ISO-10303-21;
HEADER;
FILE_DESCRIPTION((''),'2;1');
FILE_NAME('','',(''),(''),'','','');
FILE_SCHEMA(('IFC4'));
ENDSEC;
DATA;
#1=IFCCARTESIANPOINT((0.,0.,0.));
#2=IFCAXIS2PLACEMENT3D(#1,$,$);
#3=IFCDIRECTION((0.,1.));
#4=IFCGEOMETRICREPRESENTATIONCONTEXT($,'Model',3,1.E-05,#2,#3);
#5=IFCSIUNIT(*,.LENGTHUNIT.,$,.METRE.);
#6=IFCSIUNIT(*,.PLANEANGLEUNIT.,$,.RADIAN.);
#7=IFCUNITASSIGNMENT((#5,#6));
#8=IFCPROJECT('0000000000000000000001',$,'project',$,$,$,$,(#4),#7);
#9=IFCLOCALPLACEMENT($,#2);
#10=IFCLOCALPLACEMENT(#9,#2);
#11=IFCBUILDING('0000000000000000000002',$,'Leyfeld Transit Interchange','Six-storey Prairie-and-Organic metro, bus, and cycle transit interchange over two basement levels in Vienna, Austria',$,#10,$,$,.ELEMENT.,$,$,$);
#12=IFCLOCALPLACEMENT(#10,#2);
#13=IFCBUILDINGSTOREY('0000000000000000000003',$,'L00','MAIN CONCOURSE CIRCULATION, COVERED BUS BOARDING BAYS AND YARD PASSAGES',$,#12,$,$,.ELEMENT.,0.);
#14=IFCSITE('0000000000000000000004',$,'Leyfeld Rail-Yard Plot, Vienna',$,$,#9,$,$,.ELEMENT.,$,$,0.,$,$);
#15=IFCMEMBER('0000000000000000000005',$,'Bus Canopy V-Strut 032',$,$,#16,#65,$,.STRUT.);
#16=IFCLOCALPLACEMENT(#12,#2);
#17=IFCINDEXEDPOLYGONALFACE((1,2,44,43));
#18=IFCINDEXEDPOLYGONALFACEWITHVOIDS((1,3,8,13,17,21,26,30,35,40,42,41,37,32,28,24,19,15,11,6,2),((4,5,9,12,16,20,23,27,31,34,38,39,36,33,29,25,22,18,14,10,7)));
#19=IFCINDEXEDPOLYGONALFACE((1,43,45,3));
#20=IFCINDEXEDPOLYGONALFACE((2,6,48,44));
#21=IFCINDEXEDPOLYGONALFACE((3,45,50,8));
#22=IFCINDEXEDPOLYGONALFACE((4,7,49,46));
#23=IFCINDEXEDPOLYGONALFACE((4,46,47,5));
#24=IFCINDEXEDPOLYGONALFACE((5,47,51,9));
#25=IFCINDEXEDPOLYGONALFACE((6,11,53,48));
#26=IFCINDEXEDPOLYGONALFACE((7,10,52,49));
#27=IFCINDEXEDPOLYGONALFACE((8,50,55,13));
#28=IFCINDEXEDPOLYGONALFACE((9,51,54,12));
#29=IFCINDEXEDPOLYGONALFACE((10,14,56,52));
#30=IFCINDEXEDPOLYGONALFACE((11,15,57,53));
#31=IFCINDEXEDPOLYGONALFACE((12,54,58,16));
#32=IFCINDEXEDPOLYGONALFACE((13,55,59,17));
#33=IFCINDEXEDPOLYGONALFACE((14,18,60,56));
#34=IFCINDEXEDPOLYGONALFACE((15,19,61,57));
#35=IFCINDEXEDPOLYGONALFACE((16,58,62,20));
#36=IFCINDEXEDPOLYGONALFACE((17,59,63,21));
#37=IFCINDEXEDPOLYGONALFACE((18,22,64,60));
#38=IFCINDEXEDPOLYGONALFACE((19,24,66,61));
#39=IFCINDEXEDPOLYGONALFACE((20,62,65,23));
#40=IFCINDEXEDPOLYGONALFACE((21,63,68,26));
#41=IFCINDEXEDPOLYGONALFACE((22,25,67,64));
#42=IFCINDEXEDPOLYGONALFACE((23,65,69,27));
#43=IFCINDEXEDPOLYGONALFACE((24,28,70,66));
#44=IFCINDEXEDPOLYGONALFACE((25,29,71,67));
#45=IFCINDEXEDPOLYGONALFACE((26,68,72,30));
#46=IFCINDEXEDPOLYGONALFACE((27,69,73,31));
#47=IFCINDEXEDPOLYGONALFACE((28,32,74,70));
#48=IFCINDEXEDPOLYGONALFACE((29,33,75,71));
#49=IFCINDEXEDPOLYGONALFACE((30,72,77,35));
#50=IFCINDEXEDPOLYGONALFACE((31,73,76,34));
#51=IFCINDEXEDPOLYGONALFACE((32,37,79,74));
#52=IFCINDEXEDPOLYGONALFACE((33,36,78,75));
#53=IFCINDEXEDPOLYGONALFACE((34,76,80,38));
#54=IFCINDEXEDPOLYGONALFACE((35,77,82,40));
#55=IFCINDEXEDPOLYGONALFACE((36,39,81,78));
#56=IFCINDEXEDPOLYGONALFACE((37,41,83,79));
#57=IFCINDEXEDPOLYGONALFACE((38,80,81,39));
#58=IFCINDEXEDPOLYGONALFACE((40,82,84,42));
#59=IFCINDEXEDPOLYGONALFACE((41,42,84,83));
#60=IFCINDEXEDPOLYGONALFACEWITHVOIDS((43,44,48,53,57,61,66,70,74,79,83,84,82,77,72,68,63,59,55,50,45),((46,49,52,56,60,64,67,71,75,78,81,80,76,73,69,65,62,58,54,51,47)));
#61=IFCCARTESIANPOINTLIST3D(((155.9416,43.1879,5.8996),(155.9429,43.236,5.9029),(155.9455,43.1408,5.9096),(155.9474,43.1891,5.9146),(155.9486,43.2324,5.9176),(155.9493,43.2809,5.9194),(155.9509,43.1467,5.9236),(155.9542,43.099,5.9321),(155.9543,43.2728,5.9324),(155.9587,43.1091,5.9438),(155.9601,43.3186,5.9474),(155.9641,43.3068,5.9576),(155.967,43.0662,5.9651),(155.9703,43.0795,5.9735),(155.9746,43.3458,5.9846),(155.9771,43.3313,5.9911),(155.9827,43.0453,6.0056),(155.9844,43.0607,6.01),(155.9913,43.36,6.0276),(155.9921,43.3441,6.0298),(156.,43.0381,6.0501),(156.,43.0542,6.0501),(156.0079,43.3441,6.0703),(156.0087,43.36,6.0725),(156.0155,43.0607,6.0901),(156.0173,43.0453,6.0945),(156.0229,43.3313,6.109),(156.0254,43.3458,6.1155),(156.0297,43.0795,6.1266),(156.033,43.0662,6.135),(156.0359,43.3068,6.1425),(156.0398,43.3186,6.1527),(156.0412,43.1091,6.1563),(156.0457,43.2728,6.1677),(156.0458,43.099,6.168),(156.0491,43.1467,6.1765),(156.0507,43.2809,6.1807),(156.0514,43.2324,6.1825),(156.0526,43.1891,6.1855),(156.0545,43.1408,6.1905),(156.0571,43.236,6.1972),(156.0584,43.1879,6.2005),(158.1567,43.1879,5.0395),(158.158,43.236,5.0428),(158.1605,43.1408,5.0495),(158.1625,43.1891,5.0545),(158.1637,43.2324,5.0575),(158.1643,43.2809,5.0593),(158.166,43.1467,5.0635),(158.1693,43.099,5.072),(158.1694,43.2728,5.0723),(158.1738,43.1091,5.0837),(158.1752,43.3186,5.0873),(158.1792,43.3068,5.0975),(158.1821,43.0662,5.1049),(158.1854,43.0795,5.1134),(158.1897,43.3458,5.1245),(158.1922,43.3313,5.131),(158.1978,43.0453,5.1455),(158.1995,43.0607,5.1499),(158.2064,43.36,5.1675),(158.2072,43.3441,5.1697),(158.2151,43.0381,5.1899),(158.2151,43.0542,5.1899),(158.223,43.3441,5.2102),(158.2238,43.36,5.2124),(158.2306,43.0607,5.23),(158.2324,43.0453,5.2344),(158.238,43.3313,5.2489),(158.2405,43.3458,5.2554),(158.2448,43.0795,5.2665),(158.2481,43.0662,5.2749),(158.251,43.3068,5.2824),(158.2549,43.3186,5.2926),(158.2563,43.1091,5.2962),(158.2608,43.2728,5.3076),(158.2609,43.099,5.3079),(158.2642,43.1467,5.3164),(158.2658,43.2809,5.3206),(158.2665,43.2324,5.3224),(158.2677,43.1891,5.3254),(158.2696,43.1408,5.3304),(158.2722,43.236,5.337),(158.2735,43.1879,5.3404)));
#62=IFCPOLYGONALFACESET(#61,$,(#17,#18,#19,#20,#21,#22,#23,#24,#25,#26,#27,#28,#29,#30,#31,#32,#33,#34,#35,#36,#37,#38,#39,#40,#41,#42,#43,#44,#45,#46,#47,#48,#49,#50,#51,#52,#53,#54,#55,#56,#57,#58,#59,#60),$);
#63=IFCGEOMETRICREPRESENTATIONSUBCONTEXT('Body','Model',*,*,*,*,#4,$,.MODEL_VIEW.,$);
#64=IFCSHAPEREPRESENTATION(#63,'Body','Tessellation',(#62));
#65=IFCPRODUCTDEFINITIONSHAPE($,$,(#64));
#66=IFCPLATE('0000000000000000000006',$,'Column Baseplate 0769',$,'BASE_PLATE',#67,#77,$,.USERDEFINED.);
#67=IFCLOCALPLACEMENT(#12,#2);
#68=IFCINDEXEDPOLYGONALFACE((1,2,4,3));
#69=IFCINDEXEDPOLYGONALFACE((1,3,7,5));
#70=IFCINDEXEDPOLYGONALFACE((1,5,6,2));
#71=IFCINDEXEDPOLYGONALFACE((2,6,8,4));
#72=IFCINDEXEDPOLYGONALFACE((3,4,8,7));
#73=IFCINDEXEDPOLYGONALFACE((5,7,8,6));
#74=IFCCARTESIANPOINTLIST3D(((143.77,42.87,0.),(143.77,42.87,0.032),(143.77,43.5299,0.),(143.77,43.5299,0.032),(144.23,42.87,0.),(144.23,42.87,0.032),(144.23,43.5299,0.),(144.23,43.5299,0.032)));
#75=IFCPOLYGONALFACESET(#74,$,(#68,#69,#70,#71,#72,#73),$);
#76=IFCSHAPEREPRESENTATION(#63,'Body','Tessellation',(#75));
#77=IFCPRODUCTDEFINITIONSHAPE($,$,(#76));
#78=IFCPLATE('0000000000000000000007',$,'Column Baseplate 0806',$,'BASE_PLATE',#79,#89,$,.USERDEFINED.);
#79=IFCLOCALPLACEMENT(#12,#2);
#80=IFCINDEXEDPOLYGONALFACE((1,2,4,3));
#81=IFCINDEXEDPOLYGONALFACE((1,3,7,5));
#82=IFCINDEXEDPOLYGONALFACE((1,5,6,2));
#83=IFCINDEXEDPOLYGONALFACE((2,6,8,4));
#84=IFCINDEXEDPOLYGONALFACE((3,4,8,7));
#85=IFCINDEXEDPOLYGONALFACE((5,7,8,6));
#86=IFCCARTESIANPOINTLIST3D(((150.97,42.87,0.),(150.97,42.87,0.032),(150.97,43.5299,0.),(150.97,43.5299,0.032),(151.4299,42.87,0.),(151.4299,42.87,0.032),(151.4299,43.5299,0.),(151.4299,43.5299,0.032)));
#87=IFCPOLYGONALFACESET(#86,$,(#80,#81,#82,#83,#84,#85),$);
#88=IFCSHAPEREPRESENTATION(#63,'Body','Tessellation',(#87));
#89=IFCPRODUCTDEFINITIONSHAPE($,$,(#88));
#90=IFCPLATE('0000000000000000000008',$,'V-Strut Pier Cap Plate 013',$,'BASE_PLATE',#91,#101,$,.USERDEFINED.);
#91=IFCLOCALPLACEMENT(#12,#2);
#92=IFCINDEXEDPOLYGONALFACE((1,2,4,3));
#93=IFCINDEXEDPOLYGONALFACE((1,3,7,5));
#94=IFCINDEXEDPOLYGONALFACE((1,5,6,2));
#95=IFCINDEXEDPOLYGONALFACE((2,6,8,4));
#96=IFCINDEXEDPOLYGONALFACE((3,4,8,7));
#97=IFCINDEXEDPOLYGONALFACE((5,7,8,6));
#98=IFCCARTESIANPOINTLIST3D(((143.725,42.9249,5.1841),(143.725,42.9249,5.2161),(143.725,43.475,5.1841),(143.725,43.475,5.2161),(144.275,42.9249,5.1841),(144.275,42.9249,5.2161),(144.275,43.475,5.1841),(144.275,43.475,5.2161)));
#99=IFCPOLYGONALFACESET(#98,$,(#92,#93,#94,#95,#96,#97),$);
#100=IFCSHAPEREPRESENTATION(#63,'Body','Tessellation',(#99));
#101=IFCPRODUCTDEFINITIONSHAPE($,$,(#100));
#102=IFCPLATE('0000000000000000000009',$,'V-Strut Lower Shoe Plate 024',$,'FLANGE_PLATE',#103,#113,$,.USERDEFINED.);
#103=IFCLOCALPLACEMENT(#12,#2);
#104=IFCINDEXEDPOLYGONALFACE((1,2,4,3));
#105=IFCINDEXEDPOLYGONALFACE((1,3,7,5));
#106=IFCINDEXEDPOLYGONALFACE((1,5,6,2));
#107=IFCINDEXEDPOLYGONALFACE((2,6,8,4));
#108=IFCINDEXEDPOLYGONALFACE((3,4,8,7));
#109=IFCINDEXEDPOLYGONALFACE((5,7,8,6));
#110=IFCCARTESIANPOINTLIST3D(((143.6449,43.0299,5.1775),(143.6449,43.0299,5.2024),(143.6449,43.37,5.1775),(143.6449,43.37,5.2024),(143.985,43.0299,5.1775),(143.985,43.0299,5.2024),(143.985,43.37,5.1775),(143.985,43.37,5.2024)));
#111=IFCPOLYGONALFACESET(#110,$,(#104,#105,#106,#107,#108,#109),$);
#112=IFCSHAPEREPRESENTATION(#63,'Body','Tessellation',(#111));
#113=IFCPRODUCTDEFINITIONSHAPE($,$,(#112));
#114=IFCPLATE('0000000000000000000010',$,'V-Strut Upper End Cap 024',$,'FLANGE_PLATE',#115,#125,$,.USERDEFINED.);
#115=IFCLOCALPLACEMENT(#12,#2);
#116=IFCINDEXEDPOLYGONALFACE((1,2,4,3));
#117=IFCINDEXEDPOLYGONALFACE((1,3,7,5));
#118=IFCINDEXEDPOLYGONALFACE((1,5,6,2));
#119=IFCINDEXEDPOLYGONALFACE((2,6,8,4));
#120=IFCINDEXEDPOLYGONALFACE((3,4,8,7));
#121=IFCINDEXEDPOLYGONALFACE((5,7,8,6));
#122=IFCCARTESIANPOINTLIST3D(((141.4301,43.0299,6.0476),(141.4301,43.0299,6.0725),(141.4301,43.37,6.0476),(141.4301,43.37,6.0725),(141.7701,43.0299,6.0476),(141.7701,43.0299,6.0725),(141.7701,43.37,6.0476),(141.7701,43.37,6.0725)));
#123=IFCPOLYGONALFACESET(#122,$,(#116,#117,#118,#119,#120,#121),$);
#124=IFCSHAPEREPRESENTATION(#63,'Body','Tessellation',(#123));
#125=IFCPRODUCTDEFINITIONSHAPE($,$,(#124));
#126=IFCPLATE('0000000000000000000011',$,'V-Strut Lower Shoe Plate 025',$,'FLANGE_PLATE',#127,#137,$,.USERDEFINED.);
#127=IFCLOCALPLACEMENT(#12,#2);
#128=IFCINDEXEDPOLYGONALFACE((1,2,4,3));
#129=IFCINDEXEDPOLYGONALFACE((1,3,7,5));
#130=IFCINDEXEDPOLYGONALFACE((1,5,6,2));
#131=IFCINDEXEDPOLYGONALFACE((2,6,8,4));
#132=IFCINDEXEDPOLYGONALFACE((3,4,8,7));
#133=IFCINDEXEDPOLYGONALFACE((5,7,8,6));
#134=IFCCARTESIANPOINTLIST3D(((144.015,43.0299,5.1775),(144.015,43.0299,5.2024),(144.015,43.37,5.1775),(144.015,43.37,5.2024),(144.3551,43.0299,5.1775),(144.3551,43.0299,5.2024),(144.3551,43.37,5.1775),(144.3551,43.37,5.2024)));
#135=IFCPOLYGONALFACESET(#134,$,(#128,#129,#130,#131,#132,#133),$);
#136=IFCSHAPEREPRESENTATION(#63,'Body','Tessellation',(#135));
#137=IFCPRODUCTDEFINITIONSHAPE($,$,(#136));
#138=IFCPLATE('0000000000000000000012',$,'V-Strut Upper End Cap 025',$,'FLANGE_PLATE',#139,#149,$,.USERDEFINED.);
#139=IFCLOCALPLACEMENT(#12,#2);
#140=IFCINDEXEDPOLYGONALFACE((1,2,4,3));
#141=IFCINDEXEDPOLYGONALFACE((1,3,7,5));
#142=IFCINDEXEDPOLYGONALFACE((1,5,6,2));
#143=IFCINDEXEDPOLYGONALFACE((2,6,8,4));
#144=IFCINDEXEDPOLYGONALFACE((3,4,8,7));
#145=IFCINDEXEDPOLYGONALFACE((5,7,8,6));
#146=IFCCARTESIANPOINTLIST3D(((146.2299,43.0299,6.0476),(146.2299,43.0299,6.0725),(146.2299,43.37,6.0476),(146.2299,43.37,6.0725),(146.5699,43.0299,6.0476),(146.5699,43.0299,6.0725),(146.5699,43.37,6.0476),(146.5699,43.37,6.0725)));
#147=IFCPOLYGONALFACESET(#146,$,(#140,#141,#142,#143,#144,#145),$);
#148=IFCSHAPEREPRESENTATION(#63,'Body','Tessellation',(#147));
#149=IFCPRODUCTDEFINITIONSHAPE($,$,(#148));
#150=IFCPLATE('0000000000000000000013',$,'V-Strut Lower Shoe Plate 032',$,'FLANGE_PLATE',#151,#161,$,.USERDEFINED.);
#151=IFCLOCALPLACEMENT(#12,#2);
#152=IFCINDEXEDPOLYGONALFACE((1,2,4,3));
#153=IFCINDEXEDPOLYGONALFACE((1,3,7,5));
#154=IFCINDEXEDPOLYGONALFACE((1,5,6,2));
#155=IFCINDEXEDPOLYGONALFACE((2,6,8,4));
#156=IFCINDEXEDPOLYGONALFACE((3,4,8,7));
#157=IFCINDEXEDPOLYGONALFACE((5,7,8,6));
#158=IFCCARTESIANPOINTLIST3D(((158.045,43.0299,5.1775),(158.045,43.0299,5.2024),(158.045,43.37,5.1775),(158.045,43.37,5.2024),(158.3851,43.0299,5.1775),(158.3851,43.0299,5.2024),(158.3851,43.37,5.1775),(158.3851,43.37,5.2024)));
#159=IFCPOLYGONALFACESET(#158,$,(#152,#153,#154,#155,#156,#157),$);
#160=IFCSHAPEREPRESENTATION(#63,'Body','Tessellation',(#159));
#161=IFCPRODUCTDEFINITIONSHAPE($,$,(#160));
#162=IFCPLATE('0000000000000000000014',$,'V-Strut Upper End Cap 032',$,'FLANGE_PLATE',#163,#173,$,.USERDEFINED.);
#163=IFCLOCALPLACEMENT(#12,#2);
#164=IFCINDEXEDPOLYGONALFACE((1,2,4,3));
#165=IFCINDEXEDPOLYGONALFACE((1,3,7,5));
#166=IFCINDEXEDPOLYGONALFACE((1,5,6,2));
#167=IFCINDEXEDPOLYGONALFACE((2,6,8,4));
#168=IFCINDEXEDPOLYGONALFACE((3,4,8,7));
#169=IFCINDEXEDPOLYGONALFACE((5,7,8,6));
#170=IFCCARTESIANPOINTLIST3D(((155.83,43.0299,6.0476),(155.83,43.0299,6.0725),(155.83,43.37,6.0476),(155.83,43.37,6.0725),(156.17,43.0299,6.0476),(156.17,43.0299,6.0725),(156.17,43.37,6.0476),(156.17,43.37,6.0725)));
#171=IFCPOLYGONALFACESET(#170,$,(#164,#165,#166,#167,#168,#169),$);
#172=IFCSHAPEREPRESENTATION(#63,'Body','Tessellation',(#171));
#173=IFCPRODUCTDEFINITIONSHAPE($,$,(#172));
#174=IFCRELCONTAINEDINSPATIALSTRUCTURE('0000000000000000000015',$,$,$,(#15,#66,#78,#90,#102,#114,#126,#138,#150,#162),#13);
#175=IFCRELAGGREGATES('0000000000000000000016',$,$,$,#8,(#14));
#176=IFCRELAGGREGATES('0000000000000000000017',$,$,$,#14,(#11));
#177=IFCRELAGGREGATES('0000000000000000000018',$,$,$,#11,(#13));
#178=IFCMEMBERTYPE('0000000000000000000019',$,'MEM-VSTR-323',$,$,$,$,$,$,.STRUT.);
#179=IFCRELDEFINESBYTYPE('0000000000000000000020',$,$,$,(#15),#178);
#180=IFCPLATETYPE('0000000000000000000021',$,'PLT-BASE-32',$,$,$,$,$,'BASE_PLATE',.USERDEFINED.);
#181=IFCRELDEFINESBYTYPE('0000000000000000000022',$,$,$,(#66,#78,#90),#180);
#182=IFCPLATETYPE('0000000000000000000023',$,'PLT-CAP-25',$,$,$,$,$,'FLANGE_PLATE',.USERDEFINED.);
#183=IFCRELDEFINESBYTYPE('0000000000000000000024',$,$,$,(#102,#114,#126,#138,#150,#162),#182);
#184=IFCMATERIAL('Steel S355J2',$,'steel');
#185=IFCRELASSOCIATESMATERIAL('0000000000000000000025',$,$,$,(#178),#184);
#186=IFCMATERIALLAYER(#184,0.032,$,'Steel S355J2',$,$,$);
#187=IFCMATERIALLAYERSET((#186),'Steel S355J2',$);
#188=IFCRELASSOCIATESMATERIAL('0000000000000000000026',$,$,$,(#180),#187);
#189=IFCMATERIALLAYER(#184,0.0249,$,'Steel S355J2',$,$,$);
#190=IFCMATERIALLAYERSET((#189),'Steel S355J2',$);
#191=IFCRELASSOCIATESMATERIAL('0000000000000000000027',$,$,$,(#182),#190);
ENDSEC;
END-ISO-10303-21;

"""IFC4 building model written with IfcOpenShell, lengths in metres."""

from ifc_helpers import new_model, si_unit, direction, frame, origin, origin_2d, place, context, subcontext, project, spatial, rectangle, hollow_circle, extrude, material, layer, layer_set, material_profile, profile_set, type_object, element, save


model = new_model("IFC4")

# Units and contexts
model_context = context("Model", 3, precision=1e-05, world=origin(), true_north=direction((0.0, 1.0)))
body_context = subcontext(model_context, "Body", "Model", "MODEL_VIEW")
ifc_project = project(units=[si_unit("LENGTHUNIT", "METRE"), si_unit("PLANEANGLEUNIT", "RADIAN")], contexts=[model_context])

# Site, building, storey
site_placement = place(None, origin())
site = spatial("IfcSite", under=ifc_project, at=site_placement, Name="Leyfeld Rail-Yard Plot, Vienna", CompositionType="ELEMENT", RefElevation=0.0)
building_placement = place(site_placement, origin())
building = spatial("IfcBuilding", under=site, at=building_placement, Name="Leyfeld Transit Interchange", Description="Six-storey Prairie-and-Organic metro, bus, and cycle transit interchange over two basement levels in Vienna, Austria", CompositionType="ELEMENT")
storey_placement = place(building_placement, origin())
storey = spatial("IfcBuildingStorey", under=building, at=storey_placement, Name="L00", Description="MAIN CONCOURSE CIRCULATION, COVERED BUS BOARDING BAYS AND YARD PASSAGES", CompositionType="ELEMENT", Elevation=0.0)

# Shared definitions
ifc_material_1 = material(Name="Steel S355J2", Category="steel")

# Member
ifc_material_profile_1 = material_profile(ifc_material_1, hollow_circle(Radius=0.1619, WallThickness=0.0161, at=origin_2d()), Name="CHS 323.9x16")
ifc_profile_set_1 = profile_set([ifc_material_profile_1], Name="Steel S355J2")
member_type_1 = type_object("IfcMemberType", Name="MEM-VSTR-323", PredefinedType="STRUT", material=ifc_profile_set_1)
member_1_placement = place(storey_placement, frame((158.2151, 43.2, 5.1899), z_axis=(-0.932192, 0.0, 0.361965), x_axis=(0.0, -1.0, 0.0)))
element("IfcMember", 1, at=member_1_placement, inside=storey, type_object=member_type_1, Name="Bus Canopy V-Strut 032", PredefinedType="STRUT", context=body_context, shape_type="SweptSolid", body=[
    extrude(hollow_circle(Radius=0.1619, WallThickness=0.0161, at=origin_2d()), origin(), (0.0, 0.0, 1.0), 2.3762),
])

# Plates
ifc_layer_1 = layer(ifc_material_1, 0.032, Name="Steel S355J2")
ifc_layer_set_1 = layer_set([ifc_layer_1], Name="Steel S355J2")
plate_type_1 = type_object("IfcPlateType", Name="PLT-BASE-32", ElementType="BASE_PLATE", PredefinedType="USERDEFINED", material=ifc_layer_set_1)
for number, where, z_axis, x_axis, name in (
    (2, (144.0, 43.2, 0.0), (0.0, 0.0, 1.0), (1.0, 0.0, 0.0), "Column Baseplate 0769"),
    (3, (151.2, 43.2, 0.0), (0.0, 0.0, 1.0), (1.0, 0.0, 0.0), "Column Baseplate 0806"),
):
    element("IfcPlate", number, at=place(storey_placement, frame(where, z_axis=z_axis, x_axis=x_axis)), inside=storey, type_object=plate_type_1, Name=name, ObjectType="BASE_PLATE", PredefinedType="USERDEFINED", context=body_context, shape_type="SweptSolid", body=[
        extrude(rectangle(XDim=0.46, YDim=0.6599, at=origin_2d()), origin(), (0.0, 0.0, 1.0), 0.032),
    ])
plate_placement = place(storey_placement, frame((144.0, 43.2, 5.1841), z_axis=(0.0, 0.0, 1.0), x_axis=(1.0, 0.0, 0.0)))
element("IfcPlate", 4, at=plate_placement, inside=storey, type_object=plate_type_1, Name="V-Strut Pier Cap Plate 013", ObjectType="BASE_PLATE", PredefinedType="USERDEFINED", context=body_context, shape_type="SweptSolid", body=[
    extrude(rectangle(XDim=0.55, YDim=0.55, at=origin_2d()), origin(), (0.0, 0.0, 1.0), 0.032),
])
ifc_layer_2 = layer(ifc_material_1, 0.0249, Name="Steel S355J2")
ifc_layer_set_2 = layer_set([ifc_layer_2], Name="Steel S355J2")
plate_type_2 = type_object("IfcPlateType", Name="PLT-CAP-25", ElementType="FLANGE_PLATE", PredefinedType="USERDEFINED", material=ifc_layer_set_2)
for number, where, z_axis, x_axis, name in (
    (5, (143.8149, 43.2, 5.1775), (0.0, 0.0, 1.0), (1.0, 0.0, 0.0), "V-Strut Lower Shoe Plate 024"),
    (6, (141.6001, 43.2, 6.0476), (0.0, 0.0, 1.0), (1.0, 0.0, 0.0), "V-Strut Upper End Cap 024"),
    (7, (144.1851, 43.2, 5.1775), (0.0, 0.0, 1.0), (1.0, 0.0, 0.0), "V-Strut Lower Shoe Plate 025"),
    (8, (146.3999, 43.2, 6.0476), (0.0, 0.0, 1.0), (1.0, 0.0, 0.0), "V-Strut Upper End Cap 025"),
    (9, (158.2151, 43.2, 5.1775), (0.0, 0.0, 1.0), (1.0, 0.0, 0.0), "V-Strut Lower Shoe Plate 032"),
    (10, (156.0, 43.2, 6.0476), (0.0, 0.0, 1.0), (1.0, 0.0, 0.0), "V-Strut Upper End Cap 032"),
):
    element("IfcPlate", number, at=place(storey_placement, frame(where, z_axis=z_axis, x_axis=x_axis)), inside=storey, type_object=plate_type_2, Name=name, ObjectType="FLANGE_PLATE", PredefinedType="USERDEFINED", context=body_context, shape_type="SweptSolid", body=[
        extrude(rectangle(XDim=0.3401, YDim=0.3401, at=origin_2d()), origin(), (0.0, 0.0, 1.0), 0.0249),
    ])

save(model, "model.ifc")
